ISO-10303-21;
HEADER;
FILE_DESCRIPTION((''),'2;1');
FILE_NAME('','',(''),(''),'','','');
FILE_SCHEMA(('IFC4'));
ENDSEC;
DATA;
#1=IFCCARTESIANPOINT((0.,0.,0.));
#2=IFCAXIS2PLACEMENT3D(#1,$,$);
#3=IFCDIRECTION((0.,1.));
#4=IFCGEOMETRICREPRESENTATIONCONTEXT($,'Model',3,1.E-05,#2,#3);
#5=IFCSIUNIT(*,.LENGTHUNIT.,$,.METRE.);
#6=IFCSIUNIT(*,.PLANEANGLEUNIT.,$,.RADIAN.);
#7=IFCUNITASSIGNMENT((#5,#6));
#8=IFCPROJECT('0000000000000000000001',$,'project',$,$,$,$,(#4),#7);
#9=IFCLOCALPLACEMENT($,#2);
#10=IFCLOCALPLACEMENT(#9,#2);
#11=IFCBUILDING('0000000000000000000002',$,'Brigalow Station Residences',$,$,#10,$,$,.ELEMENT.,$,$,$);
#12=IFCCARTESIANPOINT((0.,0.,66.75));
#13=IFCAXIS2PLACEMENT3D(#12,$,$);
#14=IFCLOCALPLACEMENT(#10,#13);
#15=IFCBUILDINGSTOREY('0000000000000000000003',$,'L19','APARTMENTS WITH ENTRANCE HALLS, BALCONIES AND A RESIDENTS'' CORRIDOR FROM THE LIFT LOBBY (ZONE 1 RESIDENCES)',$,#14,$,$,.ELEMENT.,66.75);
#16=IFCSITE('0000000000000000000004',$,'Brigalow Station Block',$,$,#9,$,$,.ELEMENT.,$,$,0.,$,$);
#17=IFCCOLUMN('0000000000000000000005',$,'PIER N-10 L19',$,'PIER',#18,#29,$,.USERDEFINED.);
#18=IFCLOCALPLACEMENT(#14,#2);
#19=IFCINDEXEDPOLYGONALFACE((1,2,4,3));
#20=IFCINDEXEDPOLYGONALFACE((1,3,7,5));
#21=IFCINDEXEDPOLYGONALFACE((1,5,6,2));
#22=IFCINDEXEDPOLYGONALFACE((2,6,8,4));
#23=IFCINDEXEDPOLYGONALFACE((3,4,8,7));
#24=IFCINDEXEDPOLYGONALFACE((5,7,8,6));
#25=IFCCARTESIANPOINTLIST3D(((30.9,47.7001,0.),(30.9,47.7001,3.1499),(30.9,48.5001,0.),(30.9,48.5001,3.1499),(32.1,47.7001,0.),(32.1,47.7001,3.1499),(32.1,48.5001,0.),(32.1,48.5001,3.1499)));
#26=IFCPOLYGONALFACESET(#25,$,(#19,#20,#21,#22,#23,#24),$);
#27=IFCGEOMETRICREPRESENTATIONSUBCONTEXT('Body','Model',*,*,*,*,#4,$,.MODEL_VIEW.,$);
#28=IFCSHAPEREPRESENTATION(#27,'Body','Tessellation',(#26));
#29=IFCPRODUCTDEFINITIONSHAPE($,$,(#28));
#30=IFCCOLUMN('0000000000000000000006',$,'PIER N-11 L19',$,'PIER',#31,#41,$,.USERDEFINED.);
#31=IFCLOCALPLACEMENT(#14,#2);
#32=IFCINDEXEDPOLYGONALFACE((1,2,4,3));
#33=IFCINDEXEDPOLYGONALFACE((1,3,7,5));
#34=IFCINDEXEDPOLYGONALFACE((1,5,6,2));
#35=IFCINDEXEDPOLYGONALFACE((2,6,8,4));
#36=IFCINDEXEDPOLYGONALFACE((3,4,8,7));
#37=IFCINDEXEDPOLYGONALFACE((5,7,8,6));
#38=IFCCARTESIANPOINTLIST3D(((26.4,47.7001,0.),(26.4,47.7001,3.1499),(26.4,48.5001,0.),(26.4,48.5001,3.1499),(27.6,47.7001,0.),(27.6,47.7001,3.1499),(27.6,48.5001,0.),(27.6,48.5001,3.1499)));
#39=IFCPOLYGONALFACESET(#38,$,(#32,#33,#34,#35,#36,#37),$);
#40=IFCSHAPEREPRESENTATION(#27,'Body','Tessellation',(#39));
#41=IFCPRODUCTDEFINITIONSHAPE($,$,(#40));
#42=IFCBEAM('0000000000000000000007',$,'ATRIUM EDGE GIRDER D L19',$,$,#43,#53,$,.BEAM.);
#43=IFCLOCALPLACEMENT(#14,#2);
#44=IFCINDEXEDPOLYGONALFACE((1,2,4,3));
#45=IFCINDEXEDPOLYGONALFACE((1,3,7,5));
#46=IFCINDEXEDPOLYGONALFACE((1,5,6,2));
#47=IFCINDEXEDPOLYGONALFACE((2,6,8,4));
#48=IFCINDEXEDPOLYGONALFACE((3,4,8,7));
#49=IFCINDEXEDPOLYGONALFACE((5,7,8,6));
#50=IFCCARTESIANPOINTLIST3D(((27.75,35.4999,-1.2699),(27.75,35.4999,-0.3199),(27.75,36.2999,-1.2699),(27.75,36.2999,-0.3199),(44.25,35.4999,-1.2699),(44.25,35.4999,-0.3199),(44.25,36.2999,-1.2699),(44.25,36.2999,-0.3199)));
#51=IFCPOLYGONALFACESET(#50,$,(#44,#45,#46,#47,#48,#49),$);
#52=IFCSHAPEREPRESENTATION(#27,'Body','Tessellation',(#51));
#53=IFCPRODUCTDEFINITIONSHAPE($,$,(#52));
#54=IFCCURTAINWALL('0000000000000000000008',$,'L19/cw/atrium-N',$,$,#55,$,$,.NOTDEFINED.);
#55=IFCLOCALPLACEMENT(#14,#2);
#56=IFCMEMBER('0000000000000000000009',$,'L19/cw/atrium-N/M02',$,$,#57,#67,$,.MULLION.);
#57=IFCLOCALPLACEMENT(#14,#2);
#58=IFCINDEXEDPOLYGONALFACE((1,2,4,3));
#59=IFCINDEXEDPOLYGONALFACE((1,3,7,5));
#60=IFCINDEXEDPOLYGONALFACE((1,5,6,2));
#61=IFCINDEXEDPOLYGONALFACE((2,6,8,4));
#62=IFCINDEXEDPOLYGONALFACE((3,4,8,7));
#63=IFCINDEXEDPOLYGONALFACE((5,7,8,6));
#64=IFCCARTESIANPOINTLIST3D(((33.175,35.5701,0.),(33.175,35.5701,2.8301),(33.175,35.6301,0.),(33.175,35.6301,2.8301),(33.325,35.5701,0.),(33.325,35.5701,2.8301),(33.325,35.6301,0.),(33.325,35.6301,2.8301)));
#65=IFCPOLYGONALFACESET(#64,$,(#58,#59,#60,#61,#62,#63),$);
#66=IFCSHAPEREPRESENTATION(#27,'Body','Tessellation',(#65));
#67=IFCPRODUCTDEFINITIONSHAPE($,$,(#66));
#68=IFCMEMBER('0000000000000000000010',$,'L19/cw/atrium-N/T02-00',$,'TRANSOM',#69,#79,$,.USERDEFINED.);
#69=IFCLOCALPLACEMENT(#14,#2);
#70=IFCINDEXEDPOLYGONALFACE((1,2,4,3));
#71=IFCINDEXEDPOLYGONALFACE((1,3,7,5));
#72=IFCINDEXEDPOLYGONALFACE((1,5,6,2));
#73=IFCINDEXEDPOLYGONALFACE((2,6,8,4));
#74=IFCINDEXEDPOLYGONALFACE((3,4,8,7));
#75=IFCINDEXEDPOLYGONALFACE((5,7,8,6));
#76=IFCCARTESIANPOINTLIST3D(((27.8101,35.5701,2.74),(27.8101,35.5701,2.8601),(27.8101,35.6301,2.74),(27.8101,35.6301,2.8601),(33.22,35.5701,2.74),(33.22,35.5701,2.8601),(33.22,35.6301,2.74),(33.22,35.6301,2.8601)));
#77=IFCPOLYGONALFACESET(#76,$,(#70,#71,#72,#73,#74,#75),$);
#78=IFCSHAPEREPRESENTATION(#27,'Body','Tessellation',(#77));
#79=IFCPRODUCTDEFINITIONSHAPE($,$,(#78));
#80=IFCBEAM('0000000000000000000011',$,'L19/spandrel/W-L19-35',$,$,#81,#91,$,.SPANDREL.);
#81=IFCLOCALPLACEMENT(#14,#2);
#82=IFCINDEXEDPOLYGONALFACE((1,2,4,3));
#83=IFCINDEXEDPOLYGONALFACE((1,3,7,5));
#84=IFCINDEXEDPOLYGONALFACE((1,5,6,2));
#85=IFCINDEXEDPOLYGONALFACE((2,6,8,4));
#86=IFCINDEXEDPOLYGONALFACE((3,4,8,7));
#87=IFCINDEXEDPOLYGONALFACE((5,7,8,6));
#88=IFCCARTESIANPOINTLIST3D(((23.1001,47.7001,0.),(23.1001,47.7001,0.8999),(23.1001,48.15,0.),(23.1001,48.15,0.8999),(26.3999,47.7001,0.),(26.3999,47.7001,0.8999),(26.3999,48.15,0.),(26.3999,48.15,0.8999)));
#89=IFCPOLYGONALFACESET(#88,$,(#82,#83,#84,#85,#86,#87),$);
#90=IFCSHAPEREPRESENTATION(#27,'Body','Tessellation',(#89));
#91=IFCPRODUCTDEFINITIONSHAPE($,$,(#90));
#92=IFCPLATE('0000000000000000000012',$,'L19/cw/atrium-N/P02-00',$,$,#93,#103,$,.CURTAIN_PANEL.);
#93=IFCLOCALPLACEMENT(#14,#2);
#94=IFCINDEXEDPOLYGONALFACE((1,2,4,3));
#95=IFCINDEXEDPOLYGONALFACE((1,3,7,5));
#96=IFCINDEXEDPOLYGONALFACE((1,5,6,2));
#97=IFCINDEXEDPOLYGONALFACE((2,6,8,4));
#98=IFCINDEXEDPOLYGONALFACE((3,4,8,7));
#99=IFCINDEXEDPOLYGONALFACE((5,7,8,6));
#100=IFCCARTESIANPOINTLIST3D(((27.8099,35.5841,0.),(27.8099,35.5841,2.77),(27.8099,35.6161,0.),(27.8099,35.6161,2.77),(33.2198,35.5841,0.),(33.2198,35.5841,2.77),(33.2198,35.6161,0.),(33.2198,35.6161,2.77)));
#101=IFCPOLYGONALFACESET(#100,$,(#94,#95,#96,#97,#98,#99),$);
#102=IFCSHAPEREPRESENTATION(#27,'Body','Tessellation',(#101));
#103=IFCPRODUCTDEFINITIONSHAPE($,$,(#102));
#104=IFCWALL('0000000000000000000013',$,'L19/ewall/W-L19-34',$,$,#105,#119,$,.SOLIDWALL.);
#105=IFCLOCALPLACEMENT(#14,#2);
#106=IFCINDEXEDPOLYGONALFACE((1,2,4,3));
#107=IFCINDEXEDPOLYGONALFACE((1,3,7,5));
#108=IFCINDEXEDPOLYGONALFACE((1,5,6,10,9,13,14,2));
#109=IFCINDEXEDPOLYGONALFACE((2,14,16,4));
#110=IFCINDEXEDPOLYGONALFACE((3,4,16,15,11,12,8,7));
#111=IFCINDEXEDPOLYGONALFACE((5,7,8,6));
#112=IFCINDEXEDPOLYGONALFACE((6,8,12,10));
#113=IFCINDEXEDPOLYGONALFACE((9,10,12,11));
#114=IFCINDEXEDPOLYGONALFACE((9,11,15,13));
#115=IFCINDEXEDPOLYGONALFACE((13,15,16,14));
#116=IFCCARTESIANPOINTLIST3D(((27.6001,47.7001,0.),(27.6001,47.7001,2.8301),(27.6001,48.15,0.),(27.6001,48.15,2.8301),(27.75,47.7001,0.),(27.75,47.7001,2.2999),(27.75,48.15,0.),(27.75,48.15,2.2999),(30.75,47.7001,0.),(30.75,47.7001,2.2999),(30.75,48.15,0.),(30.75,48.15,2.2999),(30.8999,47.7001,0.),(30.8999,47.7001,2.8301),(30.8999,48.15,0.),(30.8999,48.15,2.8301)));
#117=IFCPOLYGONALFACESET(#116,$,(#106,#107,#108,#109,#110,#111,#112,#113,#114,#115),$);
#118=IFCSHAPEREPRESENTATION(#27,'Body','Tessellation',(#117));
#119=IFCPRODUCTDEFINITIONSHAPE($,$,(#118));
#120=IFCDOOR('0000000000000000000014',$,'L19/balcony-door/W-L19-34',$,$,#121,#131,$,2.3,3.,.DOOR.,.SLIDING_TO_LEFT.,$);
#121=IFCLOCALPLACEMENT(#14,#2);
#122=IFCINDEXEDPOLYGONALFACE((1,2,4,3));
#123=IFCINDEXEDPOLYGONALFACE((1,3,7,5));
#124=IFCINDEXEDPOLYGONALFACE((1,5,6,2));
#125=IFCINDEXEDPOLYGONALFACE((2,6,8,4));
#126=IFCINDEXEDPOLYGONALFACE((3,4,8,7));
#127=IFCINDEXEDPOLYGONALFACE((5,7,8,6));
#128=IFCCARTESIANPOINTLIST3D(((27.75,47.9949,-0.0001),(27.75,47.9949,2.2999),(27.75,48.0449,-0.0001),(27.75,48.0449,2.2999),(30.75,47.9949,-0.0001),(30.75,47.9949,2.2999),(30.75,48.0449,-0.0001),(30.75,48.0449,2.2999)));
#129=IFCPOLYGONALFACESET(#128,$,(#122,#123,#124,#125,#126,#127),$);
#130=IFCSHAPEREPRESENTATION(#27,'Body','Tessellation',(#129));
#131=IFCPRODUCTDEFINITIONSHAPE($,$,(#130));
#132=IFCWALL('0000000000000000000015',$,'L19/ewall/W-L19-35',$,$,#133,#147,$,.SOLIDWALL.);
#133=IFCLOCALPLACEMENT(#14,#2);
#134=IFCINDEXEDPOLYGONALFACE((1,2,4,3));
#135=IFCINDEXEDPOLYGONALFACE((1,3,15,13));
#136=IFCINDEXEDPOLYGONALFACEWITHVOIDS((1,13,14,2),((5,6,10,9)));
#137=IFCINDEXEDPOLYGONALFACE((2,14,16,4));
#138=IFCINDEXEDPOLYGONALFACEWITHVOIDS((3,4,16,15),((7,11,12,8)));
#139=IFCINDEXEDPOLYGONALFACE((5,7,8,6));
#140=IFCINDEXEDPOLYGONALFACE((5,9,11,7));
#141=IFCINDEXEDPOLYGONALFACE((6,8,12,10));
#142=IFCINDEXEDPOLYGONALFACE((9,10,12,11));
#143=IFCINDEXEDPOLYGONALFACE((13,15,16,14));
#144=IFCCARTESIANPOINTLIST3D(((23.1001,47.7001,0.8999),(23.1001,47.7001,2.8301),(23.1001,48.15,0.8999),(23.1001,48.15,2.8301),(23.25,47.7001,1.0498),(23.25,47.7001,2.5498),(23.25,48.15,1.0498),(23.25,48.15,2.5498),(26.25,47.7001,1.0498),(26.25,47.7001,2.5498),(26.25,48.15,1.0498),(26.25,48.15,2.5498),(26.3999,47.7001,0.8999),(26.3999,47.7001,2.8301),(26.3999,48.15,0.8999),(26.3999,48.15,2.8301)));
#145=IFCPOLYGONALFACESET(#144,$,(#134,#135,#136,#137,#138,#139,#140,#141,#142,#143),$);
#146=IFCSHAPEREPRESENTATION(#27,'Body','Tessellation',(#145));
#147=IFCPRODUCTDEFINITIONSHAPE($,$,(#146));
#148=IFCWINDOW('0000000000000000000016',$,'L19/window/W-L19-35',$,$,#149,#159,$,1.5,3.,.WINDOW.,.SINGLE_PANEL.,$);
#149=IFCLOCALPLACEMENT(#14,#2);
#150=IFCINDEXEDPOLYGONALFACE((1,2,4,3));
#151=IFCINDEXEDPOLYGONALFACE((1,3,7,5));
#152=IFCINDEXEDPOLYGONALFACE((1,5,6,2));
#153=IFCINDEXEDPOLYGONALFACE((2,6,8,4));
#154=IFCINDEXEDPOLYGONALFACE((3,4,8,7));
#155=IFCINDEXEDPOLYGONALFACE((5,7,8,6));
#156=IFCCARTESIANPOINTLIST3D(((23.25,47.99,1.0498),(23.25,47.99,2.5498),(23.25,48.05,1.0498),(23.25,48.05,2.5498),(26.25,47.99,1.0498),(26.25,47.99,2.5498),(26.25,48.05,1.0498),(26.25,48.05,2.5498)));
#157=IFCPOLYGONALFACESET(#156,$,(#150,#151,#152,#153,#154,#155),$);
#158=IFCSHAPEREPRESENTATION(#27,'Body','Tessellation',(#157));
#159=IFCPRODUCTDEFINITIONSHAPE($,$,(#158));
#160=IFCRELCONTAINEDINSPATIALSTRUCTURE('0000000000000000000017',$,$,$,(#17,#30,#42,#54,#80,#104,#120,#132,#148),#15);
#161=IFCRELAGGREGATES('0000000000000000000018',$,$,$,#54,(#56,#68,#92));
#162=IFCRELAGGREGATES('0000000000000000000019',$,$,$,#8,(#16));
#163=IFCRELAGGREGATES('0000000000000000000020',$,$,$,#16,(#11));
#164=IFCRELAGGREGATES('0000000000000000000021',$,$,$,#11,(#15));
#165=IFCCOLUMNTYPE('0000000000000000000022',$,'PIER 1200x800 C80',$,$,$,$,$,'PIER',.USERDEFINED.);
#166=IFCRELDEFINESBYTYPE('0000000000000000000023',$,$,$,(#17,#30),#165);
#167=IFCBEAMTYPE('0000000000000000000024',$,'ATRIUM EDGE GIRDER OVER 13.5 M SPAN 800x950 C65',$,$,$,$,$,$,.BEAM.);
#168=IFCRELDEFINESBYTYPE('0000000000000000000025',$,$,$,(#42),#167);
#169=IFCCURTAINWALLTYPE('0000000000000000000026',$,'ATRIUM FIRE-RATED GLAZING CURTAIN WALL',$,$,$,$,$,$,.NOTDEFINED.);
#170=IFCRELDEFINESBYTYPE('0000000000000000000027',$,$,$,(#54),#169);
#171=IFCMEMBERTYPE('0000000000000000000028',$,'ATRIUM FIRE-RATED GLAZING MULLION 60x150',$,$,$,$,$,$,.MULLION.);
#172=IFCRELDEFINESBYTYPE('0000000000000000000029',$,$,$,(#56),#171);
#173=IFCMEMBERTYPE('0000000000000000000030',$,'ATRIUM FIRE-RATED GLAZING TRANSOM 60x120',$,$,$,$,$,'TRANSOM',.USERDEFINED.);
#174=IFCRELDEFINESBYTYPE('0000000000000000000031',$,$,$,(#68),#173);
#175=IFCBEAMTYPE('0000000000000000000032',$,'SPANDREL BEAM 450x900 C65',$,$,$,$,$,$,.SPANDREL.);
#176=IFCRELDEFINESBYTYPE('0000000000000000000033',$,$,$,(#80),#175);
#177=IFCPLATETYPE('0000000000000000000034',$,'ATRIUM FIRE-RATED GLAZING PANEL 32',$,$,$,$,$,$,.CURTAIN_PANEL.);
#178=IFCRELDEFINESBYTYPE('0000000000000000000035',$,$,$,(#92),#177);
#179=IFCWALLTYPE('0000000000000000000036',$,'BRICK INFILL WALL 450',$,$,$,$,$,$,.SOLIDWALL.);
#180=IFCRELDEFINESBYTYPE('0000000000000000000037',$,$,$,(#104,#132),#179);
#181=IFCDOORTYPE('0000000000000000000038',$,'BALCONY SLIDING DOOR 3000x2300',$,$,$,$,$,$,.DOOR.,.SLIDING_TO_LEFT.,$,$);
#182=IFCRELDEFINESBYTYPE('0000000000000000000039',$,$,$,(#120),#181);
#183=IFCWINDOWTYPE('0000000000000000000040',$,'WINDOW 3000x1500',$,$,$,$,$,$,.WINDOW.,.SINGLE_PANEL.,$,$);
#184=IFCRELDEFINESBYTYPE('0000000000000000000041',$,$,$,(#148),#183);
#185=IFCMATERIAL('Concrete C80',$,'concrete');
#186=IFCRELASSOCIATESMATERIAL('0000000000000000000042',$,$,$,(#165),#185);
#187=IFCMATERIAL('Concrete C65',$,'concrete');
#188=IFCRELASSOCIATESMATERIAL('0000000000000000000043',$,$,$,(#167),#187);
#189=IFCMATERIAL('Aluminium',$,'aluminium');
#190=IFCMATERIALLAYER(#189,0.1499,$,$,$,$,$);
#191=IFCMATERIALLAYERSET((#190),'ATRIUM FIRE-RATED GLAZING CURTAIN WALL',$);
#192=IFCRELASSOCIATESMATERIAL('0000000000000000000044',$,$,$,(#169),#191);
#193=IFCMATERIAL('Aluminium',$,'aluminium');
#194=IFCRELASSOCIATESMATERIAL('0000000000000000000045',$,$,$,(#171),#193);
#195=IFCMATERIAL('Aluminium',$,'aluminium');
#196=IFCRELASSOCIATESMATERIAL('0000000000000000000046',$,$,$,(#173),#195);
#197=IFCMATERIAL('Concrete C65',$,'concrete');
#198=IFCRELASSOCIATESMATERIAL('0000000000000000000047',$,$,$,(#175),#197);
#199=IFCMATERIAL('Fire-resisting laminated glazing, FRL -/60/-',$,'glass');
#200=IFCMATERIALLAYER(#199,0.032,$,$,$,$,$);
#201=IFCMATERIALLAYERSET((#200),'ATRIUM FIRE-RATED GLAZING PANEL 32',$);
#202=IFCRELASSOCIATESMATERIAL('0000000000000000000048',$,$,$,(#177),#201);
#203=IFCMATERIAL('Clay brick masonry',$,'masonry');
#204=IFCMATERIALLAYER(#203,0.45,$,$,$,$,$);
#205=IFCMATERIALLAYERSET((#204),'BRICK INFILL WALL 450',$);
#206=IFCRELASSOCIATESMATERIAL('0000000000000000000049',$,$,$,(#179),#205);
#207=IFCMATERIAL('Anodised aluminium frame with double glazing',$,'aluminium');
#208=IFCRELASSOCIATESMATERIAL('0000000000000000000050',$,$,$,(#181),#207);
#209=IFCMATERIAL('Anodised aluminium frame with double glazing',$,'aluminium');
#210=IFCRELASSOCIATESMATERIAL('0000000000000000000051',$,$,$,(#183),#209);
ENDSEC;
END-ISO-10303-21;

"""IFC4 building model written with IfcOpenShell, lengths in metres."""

from ifc_helpers import new_model, si_unit, direction, frame, frame_2d, origin, origin_2d, place, context, subcontext, project, spatial, rectangle, extrude, material, layer, layer_set, material_profile, profile_set, type_object, element, fill, aggregate, save


model = new_model("IFC4")

# Units and contexts
model_context = context("Model", 3, precision=1e-05, world=origin(), true_north=direction((0.0, 1.0)))
body_context = subcontext(model_context, "Body", "Model", "MODEL_VIEW")
ifc_project = project(units=[si_unit("LENGTHUNIT", "METRE"), si_unit("PLANEANGLEUNIT", "RADIAN")], contexts=[model_context])

# Site, building, storey
site_placement = place(None, origin())
site = spatial("IfcSite", under=ifc_project, at=site_placement, Name="Brigalow Station Block", CompositionType="ELEMENT", RefElevation=0.0)
building_placement = place(site_placement, origin())
building = spatial("IfcBuilding", under=site, at=building_placement, Name="Brigalow Station Residences", CompositionType="ELEMENT")
storey_placement = place(building_placement, frame((0.0, 0.0, 66.75)))
storey = spatial("IfcBuildingStorey", under=building, at=storey_placement, Name="L19", Description="APARTMENTS WITH ENTRANCE HALLS, BALCONIES AND A RESIDENTS' CORRIDOR FROM THE LIFT LOBBY (ZONE 1 RESIDENCES)", CompositionType="ELEMENT", Elevation=66.75)

# Columns
ifc_material_1 = material(Name="Concrete C80", Category="concrete")
ifc_material_profile_1 = material_profile(ifc_material_1, rectangle(XDim=1.2, YDim=0.8, at=origin_2d()), Name="RC1200x800")
ifc_profile_set_1 = profile_set([ifc_material_profile_1], Name="Concrete C80")
column_type = type_object("IfcColumnType", Name="PIER 1200x800 C80", ElementType="PIER", PredefinedType="USERDEFINED", material=ifc_profile_set_1)
for number, where, z_axis, x_axis, name in (
    (1, (31.5, 48.1001, 0.0), (0.0, 0.0, 1.0), (-1.0, 0.0, 0.0), "PIER N-10 L19"),
    (2, (27.0, 48.1001, 0.0), (0.0, 0.0, 1.0), (-1.0, 0.0, 0.0), "PIER N-11 L19"),
):
    element("IfcColumn", number, at=place(storey_placement, frame(where, z_axis=z_axis, x_axis=x_axis)), inside=storey, type_object=column_type, Name=name, ObjectType="PIER", PredefinedType="USERDEFINED", context=body_context, shape_type="SweptSolid", body=[
        extrude(rectangle(XDim=1.2, YDim=0.8, at=origin_2d()), origin(), (0.0, 0.0, 1.0), 3.1499),
    ])

# Beam
ifc_material_2 = material(Name="Concrete C65", Category="concrete")
ifc_material_profile_2 = material_profile(ifc_material_2, rectangle(XDim=0.8, YDim=0.95, at=origin_2d()), Name="RC800x950")
ifc_profile_set_2 = profile_set([ifc_material_profile_2], Name="Concrete C65")
beam_type_1 = type_object("IfcBeamType", Name="ATRIUM EDGE GIRDER OVER 13.5 M SPAN 800x950 C65", PredefinedType="BEAM", material=ifc_profile_set_2)
beam_1_placement = place(storey_placement, frame((27.75, 35.8999, -0.7949), z_axis=(1.0, 0.0, 0.0), x_axis=(0.0, 1.0, 0.0)))
element("IfcBeam", 3, at=beam_1_placement, inside=storey, type_object=beam_type_1, Name="ATRIUM EDGE GIRDER D L19", PredefinedType="BEAM", context=body_context, shape_type="SweptSolid", body=[
    extrude(rectangle(XDim=0.8, YDim=0.95, at=origin_2d()), origin(), (0.0, 0.0, 1.0), 16.5),
])

# Curtain wall, members
ifc_material_3 = material(Name="Aluminium", Category="aluminium")
ifc_layer_1 = layer(ifc_material_3, 0.1499)
ifc_layer_set_1 = layer_set([ifc_layer_1], Name="ATRIUM FIRE-RATED GLAZING CURTAIN WALL")
curtain_wall_type = type_object("IfcCurtainWallType", Name="ATRIUM FIRE-RATED GLAZING CURTAIN WALL", PredefinedType="NOTDEFINED", material=ifc_layer_set_1)
curtain_wall_placement = place(storey_placement, origin())
curtain_wall = element("IfcCurtainWall", 4, at=curtain_wall_placement, inside=storey, type_object=curtain_wall_type, Name="L19/cw/atrium-N", PredefinedType="NOTDEFINED")
ifc_material_4 = material(Name="Aluminium", Category="aluminium")
ifc_material_profile_3 = material_profile(ifc_material_4, rectangle(XDim=0.0601, YDim=0.1499, at=origin_2d()), Name="ATRIUM FIRE-RATED GLAZING MULLION 60x150")
ifc_profile_set_3 = profile_set([ifc_material_profile_3], Name="Aluminium")
member_type_1 = type_object("IfcMemberType", Name="ATRIUM FIRE-RATED GLAZING MULLION 60x150", PredefinedType="MULLION", material=ifc_profile_set_3)
member_1_placement = place(storey_placement, frame((33.25, 35.6001, 0.0), z_axis=(0.0, 0.0, 1.0), x_axis=(0.0, -1.0, 0.0)))
member_1 = element("IfcMember", 5, at=member_1_placement, type_object=member_type_1, Name="L19/cw/atrium-N/M02", PredefinedType="MULLION", context=body_context, shape_type="SweptSolid", body=[
    extrude(rectangle(XDim=0.0601, YDim=0.1499, at=origin_2d()), origin(), (0.0, 0.0, 1.0), 2.8301),
])
ifc_material_5 = material(Name="Aluminium", Category="aluminium")
ifc_material_profile_4 = material_profile(ifc_material_5, rectangle(XDim=0.0601, YDim=0.1201, at=origin_2d()), Name="ATRIUM FIRE-RATED GLAZING TRANSOM 60x120")
ifc_profile_set_4 = profile_set([ifc_material_profile_4], Name="Aluminium")
member_type_2 = type_object("IfcMemberType", Name="ATRIUM FIRE-RATED GLAZING TRANSOM 60x120", ElementType="TRANSOM", PredefinedType="USERDEFINED", material=ifc_profile_set_4)
member_2_placement = place(storey_placement, frame((33.22, 35.6001, 2.8), z_axis=(-1.0, 0.0, 0.0), x_axis=(0.0, -1.0, 0.0)))
member_2 = element("IfcMember", 6, at=member_2_placement, type_object=member_type_2, Name="L19/cw/atrium-N/T02-00", ObjectType="TRANSOM", PredefinedType="USERDEFINED", context=body_context, shape_type="SweptSolid", body=[
    extrude(rectangle(XDim=0.0601, YDim=0.1201, at=origin_2d()), origin(), (0.0, 0.0, 1.0), 5.4099),
])

# Beam
ifc_material_6 = material(Name="Concrete C65", Category="concrete")
ifc_material_profile_5 = material_profile(ifc_material_6, rectangle(XDim=0.45, YDim=0.8999, at=origin_2d()), Name="RC450x900")
ifc_profile_set_5 = profile_set([ifc_material_profile_5], Name="Concrete C65")
beam_type_2 = type_object("IfcBeamType", Name="SPANDREL BEAM 450x900 C65", PredefinedType="SPANDREL", material=ifc_profile_set_5)
beam_2_placement = place(storey_placement, frame((26.3999, 47.925, 0.45), z_axis=(-1.0, 0.0, 0.0), x_axis=(0.0, -1.0, 0.0)))
element("IfcBeam", 7, at=beam_2_placement, inside=storey, type_object=beam_type_2, Name="L19/spandrel/W-L19-35", PredefinedType="SPANDREL", context=body_context, shape_type="SweptSolid", body=[
    extrude(rectangle(XDim=0.45, YDim=0.8999, at=origin_2d()), origin(), (0.0, 0.0, 1.0), 3.2998),
])

# Plate
ifc_material_7 = material(Name="Fire-resisting laminated glazing, FRL -/60/-", Category="glass")
ifc_layer_2 = layer(ifc_material_7, 0.032)
ifc_layer_set_2 = layer_set([ifc_layer_2], Name="ATRIUM FIRE-RATED GLAZING PANEL 32")
plate_type = type_object("IfcPlateType", Name="ATRIUM FIRE-RATED GLAZING PANEL 32", PredefinedType="CURTAIN_PANEL", material=ifc_layer_set_2)
plate_placement = place(storey_placement, frame((30.5149, 35.6001, 0.0), z_axis=(0.0, 0.0, 1.0), x_axis=(-1.0, 0.0, 0.0)))
plate = element("IfcPlate", 8, at=plate_placement, type_object=plate_type, Name="L19/cw/atrium-N/P02-00", PredefinedType="CURTAIN_PANEL", context=body_context, shape_type="SweptSolid", body=[
    extrude(rectangle(XDim=5.4099, YDim=0.032, at=origin_2d()), origin(), (0.0, 0.0, 1.0), 2.77),
])
aggregate(curtain_wall, [member_1, member_2, plate])

# Wall, opening, door
ifc_material_8 = material(Name="Clay brick masonry", Category="masonry")
ifc_layer_3 = layer(ifc_material_8, 0.45)
ifc_layer_set_3 = layer_set([ifc_layer_3], Name="BRICK INFILL WALL 450")
wall_type_1 = type_object("IfcWallType", Name="BRICK INFILL WALL 450", PredefinedType="SOLIDWALL", material=ifc_layer_set_3)
wall_1_placement = place(storey_placement, frame((30.8999, 47.925, 0.0), z_axis=(0.0, 0.0, 1.0), x_axis=(-1.0, 0.0, 0.0)))
wall_1 = element("IfcWall", 9, at=wall_1_placement, inside=storey, type_object=wall_type_1, Name="L19/ewall/W-L19-34", PredefinedType="SOLIDWALL", context=body_context, shape_type="SweptSolid", body=[
    extrude(rectangle(XDim=3.2998, YDim=0.45, at=frame_2d((1.6499, 0.0))), origin(), (0.0, 0.0, 1.0), 2.8301),
])
opening_1_placement = place(wall_1_placement, frame((0.1499, 0.0, 0.0)))
opening_1 = element("IfcOpeningElement", 10, at=opening_1_placement, cuts=wall_1, PredefinedType="OPENING", context=body_context, shape_type="SweptSolid", body=[
    extrude(rectangle(XDim=3.0, YDim=2.3, at=frame_2d((1.5, 1.1499))), frame((0.0, 0.2349, 0.0), z_axis=(0.0, -1.0, 0.0), x_axis=(1.0, 0.0, 0.0)), (0.0, 0.0, 1.0), 0.47),
])
ifc_material_9 = material(Name="Anodised aluminium frame with double glazing", Category="aluminium")
door_type_1 = type_object("IfcDoorType", Name="BALCONY SLIDING DOOR 3000x2300", OperationType="SLIDING_TO_LEFT", PredefinedType="DOOR", material=ifc_material_9)
door_1_placement = place(opening_1_placement, origin())
door_1 = element("IfcDoor", 11, at=door_1_placement, inside=storey, type_object=door_type_1, Name="L19/balcony-door/W-L19-34", OperationType="SLIDING_TO_LEFT", OverallHeight=2.3, OverallWidth=3.0, PredefinedType="DOOR", context=body_context, shape_type="SweptSolid", body=[
    extrude(rectangle(XDim=3.0, YDim=2.3, at=frame_2d((1.5, 1.1499))), frame((0.0, -0.0698, 0.0), z_axis=(0.0, -1.0, 0.0), x_axis=(1.0, 0.0, 0.0)), (0.0, 0.0, 1.0), 0.05),
])
fill(opening_1, door_1)

# Wall, opening, window
wall_2_placement = place(storey_placement, frame((26.3999, 47.925, 0.8999), z_axis=(0.0, 0.0, 1.0), x_axis=(-1.0, 0.0, 0.0)))
wall_2 = element("IfcWall", 12, at=wall_2_placement, inside=storey, type_object=wall_type_1, Name="L19/ewall/W-L19-35", PredefinedType="SOLIDWALL", context=body_context, shape_type="SweptSolid", body=[
    extrude(rectangle(XDim=3.2998, YDim=0.45, at=frame_2d((1.6499, 0.0))), origin(), (0.0, 0.0, 1.0), 1.9302),
])
opening_2_placement = place(wall_2_placement, frame((0.1499, 0.0, 0.1499)))
opening_2 = element("IfcOpeningElement", 13, at=opening_2_placement, cuts=wall_2, PredefinedType="OPENING", context=body_context, shape_type="SweptSolid", body=[
    extrude(rectangle(XDim=3.0, YDim=1.5, at=frame_2d((1.5, 0.75))), frame((0.0, 0.2349, 0.0), z_axis=(0.0, -1.0, 0.0), x_axis=(1.0, 0.0, 0.0)), (0.0, 0.0, 1.0), 0.47),
])
ifc_material_10 = material(Name="Anodised aluminium frame with double glazing", Category="aluminium")
window_type = type_object("IfcWindowType", Name="WINDOW 3000x1500", PartitioningType="SINGLE_PANEL", PredefinedType="WINDOW", material=ifc_material_10)
window_placement = place(opening_2_placement, origin())
window = element("IfcWindow", 14, at=window_placement, inside=storey, type_object=window_type, Name="L19/window/W-L19-35", OverallHeight=1.5, OverallWidth=3.0, PartitioningType="SINGLE_PANEL", PredefinedType="WINDOW", context=body_context, shape_type="SweptSolid", body=[
    extrude(rectangle(XDim=3.0, YDim=1.5, at=frame_2d((1.5, 0.75))), frame((0.0, -0.0649, 0.0), z_axis=(0.0, -1.0, 0.0), x_axis=(1.0, 0.0, 0.0)), (0.0, 0.0, 1.0), 0.0601),
])
fill(opening_2, window)

save(model, "model.ifc")
